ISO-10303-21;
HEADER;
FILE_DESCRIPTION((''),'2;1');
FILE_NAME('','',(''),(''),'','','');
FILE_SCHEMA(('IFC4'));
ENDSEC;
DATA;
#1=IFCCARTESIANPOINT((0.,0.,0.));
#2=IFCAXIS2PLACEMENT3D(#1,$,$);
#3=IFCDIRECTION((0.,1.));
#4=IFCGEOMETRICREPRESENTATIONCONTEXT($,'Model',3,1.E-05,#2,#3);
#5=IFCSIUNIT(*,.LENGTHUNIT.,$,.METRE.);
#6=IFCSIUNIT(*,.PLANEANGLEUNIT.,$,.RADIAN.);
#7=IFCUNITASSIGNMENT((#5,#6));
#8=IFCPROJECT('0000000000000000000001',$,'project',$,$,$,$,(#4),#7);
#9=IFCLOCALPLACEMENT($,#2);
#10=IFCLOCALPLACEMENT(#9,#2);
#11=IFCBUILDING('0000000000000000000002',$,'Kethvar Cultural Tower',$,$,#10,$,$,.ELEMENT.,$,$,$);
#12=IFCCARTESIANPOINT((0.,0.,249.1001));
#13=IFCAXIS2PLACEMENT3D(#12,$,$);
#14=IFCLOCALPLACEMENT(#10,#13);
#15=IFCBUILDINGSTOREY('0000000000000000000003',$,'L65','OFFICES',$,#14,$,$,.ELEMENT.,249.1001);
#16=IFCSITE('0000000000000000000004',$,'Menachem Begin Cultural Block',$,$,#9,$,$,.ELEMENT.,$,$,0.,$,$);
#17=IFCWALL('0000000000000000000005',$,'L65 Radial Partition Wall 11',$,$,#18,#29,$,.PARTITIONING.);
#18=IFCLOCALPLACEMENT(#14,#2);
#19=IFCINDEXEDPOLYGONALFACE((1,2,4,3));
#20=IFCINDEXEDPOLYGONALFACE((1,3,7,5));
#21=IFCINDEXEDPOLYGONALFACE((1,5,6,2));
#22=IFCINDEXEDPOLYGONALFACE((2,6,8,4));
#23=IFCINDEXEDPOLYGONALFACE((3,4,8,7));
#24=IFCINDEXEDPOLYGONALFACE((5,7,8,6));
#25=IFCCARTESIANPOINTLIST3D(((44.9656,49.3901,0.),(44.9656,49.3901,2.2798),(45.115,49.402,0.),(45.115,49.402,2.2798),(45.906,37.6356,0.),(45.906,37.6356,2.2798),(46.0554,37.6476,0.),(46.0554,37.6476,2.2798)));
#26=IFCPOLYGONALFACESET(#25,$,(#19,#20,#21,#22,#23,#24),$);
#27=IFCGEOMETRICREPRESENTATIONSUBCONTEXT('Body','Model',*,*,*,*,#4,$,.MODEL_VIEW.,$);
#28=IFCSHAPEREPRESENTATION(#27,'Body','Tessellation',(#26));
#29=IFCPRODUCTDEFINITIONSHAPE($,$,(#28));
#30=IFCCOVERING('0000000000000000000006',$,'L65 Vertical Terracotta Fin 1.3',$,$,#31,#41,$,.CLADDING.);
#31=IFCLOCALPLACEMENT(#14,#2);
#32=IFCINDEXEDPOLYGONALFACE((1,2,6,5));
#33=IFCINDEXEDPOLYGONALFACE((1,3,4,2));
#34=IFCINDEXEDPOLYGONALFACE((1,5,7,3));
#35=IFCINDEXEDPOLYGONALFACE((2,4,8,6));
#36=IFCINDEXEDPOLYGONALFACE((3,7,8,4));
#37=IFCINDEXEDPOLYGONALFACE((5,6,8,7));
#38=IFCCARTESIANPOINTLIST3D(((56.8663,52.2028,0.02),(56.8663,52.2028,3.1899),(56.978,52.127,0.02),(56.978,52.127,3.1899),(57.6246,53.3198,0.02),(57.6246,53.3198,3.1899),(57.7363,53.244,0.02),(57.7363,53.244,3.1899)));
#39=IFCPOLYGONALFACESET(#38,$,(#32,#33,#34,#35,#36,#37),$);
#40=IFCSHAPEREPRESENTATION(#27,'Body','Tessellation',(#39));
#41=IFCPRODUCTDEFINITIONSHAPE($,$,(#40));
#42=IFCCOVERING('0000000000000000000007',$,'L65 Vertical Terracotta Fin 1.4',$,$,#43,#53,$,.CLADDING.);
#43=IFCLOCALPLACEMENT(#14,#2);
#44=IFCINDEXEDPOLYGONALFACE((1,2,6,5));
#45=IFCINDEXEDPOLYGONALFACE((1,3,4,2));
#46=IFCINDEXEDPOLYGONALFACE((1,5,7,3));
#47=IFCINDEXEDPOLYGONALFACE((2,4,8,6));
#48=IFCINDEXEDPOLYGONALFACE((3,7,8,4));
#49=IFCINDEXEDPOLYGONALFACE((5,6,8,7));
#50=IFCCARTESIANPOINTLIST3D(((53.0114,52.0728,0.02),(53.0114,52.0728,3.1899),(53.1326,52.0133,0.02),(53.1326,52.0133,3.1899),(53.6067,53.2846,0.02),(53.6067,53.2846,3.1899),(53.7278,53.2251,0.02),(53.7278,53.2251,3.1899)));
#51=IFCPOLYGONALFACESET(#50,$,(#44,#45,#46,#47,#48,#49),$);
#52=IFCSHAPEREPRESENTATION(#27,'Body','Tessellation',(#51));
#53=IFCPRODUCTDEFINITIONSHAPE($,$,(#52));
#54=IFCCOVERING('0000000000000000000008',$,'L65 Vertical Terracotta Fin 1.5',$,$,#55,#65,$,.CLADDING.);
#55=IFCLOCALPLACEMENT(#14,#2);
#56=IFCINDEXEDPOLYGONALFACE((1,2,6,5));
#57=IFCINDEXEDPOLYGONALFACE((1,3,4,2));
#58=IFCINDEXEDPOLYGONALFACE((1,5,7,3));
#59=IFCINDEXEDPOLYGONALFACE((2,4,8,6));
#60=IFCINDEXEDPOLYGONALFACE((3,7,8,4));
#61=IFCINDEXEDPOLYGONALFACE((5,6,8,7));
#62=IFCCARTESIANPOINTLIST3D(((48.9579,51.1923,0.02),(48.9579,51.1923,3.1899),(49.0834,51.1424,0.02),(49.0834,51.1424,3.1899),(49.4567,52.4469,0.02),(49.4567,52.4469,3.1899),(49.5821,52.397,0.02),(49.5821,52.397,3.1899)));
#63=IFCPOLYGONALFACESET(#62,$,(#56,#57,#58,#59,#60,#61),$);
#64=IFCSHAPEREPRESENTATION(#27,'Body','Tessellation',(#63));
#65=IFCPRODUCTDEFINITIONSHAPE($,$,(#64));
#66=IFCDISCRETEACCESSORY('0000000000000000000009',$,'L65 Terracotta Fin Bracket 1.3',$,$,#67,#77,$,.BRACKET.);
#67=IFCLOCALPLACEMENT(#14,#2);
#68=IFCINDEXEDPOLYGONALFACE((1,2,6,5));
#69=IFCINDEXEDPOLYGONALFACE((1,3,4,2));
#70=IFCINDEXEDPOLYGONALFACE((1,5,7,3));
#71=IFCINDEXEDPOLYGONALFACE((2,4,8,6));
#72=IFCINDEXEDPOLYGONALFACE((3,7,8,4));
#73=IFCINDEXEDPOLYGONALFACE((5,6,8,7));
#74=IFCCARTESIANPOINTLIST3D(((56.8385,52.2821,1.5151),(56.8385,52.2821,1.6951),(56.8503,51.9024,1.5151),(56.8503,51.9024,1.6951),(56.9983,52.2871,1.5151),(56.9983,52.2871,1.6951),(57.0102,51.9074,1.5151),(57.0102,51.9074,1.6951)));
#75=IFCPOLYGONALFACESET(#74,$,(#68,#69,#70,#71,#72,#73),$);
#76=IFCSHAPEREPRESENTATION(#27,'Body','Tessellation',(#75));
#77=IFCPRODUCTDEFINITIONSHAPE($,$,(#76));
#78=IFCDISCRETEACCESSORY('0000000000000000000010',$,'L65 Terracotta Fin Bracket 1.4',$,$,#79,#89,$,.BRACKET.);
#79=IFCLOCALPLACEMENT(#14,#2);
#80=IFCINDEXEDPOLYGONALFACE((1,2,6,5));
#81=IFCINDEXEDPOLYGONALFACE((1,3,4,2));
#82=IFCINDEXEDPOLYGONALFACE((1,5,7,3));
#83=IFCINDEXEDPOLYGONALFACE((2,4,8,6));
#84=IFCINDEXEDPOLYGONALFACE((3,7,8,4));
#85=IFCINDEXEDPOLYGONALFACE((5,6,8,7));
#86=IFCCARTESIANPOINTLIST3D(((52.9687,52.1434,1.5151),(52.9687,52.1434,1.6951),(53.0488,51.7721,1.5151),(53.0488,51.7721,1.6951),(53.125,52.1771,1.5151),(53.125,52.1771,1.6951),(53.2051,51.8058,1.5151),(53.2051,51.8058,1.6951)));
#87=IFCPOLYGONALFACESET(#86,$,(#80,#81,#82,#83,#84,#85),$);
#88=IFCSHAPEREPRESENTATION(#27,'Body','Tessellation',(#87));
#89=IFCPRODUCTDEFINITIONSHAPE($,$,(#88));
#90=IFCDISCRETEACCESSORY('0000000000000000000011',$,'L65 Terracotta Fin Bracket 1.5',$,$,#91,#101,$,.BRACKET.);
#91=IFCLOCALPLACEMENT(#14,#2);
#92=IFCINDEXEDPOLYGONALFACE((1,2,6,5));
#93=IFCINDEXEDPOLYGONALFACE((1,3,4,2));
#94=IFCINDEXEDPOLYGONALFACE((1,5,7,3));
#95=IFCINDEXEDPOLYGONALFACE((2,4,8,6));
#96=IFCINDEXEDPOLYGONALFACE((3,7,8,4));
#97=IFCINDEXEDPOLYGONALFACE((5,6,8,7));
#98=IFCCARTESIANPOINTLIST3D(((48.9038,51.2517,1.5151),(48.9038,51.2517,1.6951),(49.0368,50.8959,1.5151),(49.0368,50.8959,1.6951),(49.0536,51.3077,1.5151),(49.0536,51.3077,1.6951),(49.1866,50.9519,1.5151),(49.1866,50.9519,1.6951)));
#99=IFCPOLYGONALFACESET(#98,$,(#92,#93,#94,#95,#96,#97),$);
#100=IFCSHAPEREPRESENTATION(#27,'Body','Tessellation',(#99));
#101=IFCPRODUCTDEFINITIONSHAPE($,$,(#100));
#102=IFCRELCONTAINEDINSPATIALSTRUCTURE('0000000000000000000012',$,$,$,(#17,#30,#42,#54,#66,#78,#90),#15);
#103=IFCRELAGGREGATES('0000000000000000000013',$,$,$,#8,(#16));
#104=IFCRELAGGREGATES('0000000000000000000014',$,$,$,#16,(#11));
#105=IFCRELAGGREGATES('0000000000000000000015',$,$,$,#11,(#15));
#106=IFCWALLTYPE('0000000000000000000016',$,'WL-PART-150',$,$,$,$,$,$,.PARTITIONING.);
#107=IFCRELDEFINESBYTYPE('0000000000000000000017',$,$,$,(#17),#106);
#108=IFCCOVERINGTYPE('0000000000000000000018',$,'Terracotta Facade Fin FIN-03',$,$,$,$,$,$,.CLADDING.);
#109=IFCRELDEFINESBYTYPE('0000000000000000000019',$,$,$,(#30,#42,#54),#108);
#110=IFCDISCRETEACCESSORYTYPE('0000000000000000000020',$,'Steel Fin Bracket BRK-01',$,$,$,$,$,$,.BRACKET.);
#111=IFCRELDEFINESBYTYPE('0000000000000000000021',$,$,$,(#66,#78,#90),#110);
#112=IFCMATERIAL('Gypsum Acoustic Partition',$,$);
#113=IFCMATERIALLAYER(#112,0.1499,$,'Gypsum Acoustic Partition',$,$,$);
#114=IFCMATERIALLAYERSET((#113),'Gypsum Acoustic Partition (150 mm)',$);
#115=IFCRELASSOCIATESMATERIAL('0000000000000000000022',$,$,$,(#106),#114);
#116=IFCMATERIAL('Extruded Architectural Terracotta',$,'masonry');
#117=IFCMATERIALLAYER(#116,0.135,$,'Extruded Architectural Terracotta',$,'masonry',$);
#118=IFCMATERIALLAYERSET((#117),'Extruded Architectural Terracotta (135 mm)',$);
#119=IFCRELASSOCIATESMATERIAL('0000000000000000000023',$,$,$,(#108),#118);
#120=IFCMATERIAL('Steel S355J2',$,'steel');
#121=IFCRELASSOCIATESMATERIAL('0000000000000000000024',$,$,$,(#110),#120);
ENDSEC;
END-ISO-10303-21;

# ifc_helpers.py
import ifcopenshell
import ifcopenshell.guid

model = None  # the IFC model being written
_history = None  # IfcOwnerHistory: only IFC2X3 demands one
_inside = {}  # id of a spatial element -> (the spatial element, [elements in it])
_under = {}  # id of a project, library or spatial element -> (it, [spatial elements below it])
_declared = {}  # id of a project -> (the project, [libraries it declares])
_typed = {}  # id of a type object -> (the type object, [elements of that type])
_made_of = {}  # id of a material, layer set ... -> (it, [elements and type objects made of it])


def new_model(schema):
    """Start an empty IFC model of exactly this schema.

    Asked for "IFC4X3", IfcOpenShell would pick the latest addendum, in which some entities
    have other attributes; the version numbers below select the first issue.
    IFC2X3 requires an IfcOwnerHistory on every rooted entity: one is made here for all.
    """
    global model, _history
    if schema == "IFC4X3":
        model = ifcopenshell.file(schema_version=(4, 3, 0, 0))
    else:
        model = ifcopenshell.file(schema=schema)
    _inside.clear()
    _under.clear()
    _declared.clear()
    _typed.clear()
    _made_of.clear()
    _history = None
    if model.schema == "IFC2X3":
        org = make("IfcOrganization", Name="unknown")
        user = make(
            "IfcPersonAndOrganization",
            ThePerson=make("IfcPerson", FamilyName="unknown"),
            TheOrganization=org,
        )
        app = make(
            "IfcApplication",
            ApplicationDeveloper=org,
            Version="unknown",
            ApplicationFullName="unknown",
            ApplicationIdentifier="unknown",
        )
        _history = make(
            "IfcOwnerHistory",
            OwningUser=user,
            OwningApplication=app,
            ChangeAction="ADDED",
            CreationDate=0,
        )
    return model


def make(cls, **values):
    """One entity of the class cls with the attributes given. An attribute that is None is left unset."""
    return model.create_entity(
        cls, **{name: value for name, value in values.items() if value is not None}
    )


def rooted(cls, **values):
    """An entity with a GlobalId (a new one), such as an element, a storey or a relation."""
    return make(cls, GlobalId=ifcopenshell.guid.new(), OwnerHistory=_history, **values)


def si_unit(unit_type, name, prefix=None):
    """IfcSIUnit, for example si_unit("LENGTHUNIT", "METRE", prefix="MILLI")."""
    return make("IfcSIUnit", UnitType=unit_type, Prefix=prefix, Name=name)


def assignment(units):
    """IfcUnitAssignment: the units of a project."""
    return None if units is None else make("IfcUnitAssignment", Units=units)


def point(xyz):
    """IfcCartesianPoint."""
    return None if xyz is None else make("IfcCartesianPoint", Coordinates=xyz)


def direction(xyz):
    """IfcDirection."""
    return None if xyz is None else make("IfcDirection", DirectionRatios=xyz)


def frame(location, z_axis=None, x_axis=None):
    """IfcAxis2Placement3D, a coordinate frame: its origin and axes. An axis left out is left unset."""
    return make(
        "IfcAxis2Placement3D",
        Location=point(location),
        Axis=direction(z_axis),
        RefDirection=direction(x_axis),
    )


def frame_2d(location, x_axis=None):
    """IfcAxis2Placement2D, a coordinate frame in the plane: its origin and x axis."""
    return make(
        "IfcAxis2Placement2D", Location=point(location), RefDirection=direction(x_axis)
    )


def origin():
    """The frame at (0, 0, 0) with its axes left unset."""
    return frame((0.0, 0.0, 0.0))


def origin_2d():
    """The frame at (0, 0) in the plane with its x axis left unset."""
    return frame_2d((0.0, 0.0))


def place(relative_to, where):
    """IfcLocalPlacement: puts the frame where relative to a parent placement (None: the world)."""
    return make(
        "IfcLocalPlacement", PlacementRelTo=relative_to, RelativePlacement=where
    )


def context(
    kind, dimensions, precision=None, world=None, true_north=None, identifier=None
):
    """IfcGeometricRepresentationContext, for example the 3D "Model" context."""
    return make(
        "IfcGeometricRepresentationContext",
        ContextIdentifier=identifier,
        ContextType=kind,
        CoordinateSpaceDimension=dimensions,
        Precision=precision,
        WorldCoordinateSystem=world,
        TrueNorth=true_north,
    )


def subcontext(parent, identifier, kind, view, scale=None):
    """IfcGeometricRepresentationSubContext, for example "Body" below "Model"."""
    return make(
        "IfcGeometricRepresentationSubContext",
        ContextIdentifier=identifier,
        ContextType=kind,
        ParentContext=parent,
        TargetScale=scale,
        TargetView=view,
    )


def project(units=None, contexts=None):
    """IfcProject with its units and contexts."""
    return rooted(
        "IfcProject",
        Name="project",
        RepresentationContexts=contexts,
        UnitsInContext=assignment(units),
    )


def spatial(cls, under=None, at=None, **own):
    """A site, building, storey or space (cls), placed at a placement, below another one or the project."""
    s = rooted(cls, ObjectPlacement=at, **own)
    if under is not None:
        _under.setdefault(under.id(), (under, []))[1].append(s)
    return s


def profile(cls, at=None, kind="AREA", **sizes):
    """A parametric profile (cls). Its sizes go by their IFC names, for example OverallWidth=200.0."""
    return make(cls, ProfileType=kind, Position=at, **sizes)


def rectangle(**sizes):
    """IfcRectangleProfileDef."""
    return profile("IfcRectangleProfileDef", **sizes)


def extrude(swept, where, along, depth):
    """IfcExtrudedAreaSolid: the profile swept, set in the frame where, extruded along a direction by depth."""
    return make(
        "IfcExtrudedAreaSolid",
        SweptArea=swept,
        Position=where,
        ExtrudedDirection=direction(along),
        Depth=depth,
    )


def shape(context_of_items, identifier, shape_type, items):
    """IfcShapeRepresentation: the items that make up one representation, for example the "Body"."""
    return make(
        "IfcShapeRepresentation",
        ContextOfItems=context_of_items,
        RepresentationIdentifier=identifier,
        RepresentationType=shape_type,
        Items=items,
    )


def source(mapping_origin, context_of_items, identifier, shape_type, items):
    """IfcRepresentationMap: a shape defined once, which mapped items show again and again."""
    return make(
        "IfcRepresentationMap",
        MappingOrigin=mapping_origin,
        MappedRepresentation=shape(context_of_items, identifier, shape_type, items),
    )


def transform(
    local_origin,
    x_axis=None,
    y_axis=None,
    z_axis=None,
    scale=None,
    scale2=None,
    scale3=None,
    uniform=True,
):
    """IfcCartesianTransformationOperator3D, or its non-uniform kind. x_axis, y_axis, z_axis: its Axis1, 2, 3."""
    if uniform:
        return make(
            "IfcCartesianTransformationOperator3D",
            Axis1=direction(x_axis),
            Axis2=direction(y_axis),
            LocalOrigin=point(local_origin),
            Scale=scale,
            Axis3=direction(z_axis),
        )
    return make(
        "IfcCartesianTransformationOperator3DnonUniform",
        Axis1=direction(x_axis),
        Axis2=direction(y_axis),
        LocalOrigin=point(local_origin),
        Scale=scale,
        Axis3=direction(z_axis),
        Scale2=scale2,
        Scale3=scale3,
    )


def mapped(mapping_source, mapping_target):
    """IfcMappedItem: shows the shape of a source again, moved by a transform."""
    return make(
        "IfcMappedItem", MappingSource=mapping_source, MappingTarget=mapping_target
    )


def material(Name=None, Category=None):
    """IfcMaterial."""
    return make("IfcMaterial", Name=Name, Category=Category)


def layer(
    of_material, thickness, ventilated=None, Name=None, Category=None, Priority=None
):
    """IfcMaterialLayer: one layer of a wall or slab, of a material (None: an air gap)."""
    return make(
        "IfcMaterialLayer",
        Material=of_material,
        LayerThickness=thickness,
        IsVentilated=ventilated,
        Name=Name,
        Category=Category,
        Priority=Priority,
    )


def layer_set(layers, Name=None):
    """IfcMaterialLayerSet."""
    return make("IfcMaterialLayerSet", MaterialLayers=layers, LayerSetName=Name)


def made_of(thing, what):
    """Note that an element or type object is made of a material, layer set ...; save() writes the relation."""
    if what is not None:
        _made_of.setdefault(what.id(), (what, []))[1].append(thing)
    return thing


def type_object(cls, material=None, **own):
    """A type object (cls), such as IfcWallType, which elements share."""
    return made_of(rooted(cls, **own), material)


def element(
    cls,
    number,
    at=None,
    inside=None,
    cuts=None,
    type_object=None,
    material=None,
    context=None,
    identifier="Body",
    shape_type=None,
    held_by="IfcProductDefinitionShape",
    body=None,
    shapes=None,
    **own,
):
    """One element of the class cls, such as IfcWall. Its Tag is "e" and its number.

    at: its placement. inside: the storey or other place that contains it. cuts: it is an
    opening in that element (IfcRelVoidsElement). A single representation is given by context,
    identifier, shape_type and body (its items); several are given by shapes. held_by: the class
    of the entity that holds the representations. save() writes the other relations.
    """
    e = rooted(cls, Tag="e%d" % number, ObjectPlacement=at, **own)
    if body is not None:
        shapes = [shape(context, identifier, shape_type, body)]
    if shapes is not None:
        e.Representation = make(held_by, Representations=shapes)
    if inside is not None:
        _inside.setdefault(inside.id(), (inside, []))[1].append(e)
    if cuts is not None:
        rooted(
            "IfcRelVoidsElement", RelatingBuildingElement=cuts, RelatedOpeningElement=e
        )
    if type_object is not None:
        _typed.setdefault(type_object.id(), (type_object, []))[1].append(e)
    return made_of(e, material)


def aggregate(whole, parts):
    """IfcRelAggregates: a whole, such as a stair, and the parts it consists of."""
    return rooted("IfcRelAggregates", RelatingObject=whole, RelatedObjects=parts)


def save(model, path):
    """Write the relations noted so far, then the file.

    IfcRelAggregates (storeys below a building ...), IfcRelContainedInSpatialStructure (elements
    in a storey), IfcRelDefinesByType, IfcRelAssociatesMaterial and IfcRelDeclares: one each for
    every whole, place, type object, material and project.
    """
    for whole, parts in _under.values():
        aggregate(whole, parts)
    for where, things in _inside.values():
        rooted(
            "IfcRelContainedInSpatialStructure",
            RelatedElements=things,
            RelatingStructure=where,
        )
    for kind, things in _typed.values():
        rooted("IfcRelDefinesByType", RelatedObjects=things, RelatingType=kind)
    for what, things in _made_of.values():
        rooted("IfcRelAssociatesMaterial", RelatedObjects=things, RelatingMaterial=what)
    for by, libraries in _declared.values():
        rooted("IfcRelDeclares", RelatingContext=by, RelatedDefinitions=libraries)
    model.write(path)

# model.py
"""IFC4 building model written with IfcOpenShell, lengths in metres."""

from ifc_helpers import new_model, si_unit, direction, frame, frame_2d, origin, origin_2d, place, context, subcontext, project, spatial, rectangle, extrude, source, transform, mapped, material, layer, layer_set, type_object, element, save


model = new_model("IFC4")

# Units and contexts
model_context = context("Model", 3, precision=1e-05, world=origin(), true_north=direction((0.0, 1.0)))
body_context = subcontext(model_context, "Body", "Model", "MODEL_VIEW")
ifc_project = project(units=[si_unit("LENGTHUNIT", "METRE"), si_unit("PLANEANGLEUNIT", "RADIAN")], contexts=[model_context])

# Site, building, storey
site_placement = place(None, origin())
site = spatial("IfcSite", under=ifc_project, at=site_placement, Name="Menachem Begin Cultural Block", CompositionType="ELEMENT", RefElevation=0.0)
building_placement = place(site_placement, origin())
building = spatial("IfcBuilding", under=site, at=building_placement, Name="Kethvar Cultural Tower", CompositionType="ELEMENT")
storey_placement = place(building_placement, frame((0.0, 0.0, 249.1001)))
storey = spatial("IfcBuildingStorey", under=building, at=storey_placement, Name="L65", Description="OFFICES", CompositionType="ELEMENT", Elevation=249.1001)

# Shared definitions
ifc_material_1 = material(Name="Steel S355J2", Category="steel")

# Wall
ifc_material_2 = material(Name="Gypsum Acoustic Partition")
ifc_layer_1 = layer(ifc_material_2, 0.1499, Name="Gypsum Acoustic Partition")
ifc_layer_set_1 = layer_set([ifc_layer_1], Name="Gypsum Acoustic Partition (150 mm)")
wall_type = type_object("IfcWallType", Name="WL-PART-150", PredefinedType="PARTITIONING", material=ifc_layer_set_1)
wall_1_placement = place(storey_placement, frame((45.9807, 37.6416, 0.0), z_axis=(0.0, 0.0, 1.0), x_axis=(-0.079752, 0.996815, 0.0)))
element("IfcWall", 1, at=wall_1_placement, inside=storey, type_object=wall_type, Name="L65 Radial Partition Wall 11", PredefinedType="PARTITIONING", context=body_context, shape_type="SweptSolid", body=[
    extrude(rectangle(XDim=11.792, YDim=0.1499, at=frame_2d((5.896, 0.0))), origin(), (0.0, 0.0, 1.0), 2.2798),
])

# Coverings
ifc_material_3 = material(Name="Extruded Architectural Terracotta", Category="masonry")
ifc_layer_2 = layer(ifc_material_3, 0.135, Name="Extruded Architectural Terracotta", Category="masonry")
ifc_layer_set_2 = layer_set([ifc_layer_2], Name="Extruded Architectural Terracotta (135 mm)")
covering_type = type_object("IfcCoveringType", Name="Terracotta Facade Fin FIN-03", PredefinedType="CLADDING", material=ifc_layer_set_2)
shared_shape_1 = source(origin(), body_context, "Body", "SweptSolid", [
    extrude(rectangle(XDim=1.3501, YDim=0.135, at=origin_2d()), origin(), (0.0, 0.0, 1.0), 3.1699),
])
for number, where, z_axis, x_axis, name in (
    (2, (57.3013, 52.7234, 0.02), (0.0, 0.0, 1.0), (0.56165, 0.827375, 0.0), "L65 Vertical Terracotta Fin 1.3"),
    (3, (53.3696, 52.6489, 0.02), (0.0, 0.0, 1.0), (0.440879, 0.897566, 0.0), "L65 Vertical Terracotta Fin 1.4"),
    (4, (49.27, 51.7947, 0.02), (0.0, 0.0, 1.0), (0.369422, 0.929262, 0.0), "L65 Vertical Terracotta Fin 1.5"),
):
    element("IfcCovering", number, at=place(storey_placement, frame(where, z_axis=z_axis, x_axis=x_axis)), inside=storey, type_object=covering_type, Name=name, PredefinedType="CLADDING", context=body_context, shape_type="MappedRepresentation", body=[
        mapped(shared_shape_1, transform((0.0, 0.0, 0.0), scale=1.0)),
    ])

# Discrete accessories
discrete_accessory_type = type_object("IfcDiscreteAccessoryType", Name="Steel Fin Bracket BRK-01", PredefinedType="BRACKET", material=ifc_material_1)
shared_shape_2 = source(origin(), body_context, "Body", "SweptSolid", [
    extrude(rectangle(XDim=0.3799, YDim=0.1599, at=origin_2d()), origin(), (0.0, 0.0, 1.0), 0.1799),
])
for number, where, z_axis, x_axis, name in (
    (5, (56.9243, 52.0947, 1.5151), (0.0, 0.0, 1.0), (-0.031236, 0.999512, 0.0), "L65 Terracotta Fin Bracket 1.3"),
    (6, (53.0869, 51.9746, 1.5151), (0.0, 0.0, 1.0), (-0.210984, 0.97749, 0.0), "L65 Terracotta Fin Bracket 1.4"),
    (7, (49.0452, 51.1018, 1.5151), (0.0, 0.0, 1.0), (-0.350044, 0.936733, 0.0), "L65 Terracotta Fin Bracket 1.5"),
):
    element("IfcDiscreteAccessory", number, at=place(storey_placement, frame(where, z_axis=z_axis, x_axis=x_axis)), inside=storey, type_object=discrete_accessory_type, Name=name, PredefinedType="BRACKET", context=body_context, shape_type="MappedRepresentation", body=[
        mapped(shared_shape_2, transform((0.0, 0.0, 0.0), scale=1.0)),
    ])

save(model, "model.ifc")
